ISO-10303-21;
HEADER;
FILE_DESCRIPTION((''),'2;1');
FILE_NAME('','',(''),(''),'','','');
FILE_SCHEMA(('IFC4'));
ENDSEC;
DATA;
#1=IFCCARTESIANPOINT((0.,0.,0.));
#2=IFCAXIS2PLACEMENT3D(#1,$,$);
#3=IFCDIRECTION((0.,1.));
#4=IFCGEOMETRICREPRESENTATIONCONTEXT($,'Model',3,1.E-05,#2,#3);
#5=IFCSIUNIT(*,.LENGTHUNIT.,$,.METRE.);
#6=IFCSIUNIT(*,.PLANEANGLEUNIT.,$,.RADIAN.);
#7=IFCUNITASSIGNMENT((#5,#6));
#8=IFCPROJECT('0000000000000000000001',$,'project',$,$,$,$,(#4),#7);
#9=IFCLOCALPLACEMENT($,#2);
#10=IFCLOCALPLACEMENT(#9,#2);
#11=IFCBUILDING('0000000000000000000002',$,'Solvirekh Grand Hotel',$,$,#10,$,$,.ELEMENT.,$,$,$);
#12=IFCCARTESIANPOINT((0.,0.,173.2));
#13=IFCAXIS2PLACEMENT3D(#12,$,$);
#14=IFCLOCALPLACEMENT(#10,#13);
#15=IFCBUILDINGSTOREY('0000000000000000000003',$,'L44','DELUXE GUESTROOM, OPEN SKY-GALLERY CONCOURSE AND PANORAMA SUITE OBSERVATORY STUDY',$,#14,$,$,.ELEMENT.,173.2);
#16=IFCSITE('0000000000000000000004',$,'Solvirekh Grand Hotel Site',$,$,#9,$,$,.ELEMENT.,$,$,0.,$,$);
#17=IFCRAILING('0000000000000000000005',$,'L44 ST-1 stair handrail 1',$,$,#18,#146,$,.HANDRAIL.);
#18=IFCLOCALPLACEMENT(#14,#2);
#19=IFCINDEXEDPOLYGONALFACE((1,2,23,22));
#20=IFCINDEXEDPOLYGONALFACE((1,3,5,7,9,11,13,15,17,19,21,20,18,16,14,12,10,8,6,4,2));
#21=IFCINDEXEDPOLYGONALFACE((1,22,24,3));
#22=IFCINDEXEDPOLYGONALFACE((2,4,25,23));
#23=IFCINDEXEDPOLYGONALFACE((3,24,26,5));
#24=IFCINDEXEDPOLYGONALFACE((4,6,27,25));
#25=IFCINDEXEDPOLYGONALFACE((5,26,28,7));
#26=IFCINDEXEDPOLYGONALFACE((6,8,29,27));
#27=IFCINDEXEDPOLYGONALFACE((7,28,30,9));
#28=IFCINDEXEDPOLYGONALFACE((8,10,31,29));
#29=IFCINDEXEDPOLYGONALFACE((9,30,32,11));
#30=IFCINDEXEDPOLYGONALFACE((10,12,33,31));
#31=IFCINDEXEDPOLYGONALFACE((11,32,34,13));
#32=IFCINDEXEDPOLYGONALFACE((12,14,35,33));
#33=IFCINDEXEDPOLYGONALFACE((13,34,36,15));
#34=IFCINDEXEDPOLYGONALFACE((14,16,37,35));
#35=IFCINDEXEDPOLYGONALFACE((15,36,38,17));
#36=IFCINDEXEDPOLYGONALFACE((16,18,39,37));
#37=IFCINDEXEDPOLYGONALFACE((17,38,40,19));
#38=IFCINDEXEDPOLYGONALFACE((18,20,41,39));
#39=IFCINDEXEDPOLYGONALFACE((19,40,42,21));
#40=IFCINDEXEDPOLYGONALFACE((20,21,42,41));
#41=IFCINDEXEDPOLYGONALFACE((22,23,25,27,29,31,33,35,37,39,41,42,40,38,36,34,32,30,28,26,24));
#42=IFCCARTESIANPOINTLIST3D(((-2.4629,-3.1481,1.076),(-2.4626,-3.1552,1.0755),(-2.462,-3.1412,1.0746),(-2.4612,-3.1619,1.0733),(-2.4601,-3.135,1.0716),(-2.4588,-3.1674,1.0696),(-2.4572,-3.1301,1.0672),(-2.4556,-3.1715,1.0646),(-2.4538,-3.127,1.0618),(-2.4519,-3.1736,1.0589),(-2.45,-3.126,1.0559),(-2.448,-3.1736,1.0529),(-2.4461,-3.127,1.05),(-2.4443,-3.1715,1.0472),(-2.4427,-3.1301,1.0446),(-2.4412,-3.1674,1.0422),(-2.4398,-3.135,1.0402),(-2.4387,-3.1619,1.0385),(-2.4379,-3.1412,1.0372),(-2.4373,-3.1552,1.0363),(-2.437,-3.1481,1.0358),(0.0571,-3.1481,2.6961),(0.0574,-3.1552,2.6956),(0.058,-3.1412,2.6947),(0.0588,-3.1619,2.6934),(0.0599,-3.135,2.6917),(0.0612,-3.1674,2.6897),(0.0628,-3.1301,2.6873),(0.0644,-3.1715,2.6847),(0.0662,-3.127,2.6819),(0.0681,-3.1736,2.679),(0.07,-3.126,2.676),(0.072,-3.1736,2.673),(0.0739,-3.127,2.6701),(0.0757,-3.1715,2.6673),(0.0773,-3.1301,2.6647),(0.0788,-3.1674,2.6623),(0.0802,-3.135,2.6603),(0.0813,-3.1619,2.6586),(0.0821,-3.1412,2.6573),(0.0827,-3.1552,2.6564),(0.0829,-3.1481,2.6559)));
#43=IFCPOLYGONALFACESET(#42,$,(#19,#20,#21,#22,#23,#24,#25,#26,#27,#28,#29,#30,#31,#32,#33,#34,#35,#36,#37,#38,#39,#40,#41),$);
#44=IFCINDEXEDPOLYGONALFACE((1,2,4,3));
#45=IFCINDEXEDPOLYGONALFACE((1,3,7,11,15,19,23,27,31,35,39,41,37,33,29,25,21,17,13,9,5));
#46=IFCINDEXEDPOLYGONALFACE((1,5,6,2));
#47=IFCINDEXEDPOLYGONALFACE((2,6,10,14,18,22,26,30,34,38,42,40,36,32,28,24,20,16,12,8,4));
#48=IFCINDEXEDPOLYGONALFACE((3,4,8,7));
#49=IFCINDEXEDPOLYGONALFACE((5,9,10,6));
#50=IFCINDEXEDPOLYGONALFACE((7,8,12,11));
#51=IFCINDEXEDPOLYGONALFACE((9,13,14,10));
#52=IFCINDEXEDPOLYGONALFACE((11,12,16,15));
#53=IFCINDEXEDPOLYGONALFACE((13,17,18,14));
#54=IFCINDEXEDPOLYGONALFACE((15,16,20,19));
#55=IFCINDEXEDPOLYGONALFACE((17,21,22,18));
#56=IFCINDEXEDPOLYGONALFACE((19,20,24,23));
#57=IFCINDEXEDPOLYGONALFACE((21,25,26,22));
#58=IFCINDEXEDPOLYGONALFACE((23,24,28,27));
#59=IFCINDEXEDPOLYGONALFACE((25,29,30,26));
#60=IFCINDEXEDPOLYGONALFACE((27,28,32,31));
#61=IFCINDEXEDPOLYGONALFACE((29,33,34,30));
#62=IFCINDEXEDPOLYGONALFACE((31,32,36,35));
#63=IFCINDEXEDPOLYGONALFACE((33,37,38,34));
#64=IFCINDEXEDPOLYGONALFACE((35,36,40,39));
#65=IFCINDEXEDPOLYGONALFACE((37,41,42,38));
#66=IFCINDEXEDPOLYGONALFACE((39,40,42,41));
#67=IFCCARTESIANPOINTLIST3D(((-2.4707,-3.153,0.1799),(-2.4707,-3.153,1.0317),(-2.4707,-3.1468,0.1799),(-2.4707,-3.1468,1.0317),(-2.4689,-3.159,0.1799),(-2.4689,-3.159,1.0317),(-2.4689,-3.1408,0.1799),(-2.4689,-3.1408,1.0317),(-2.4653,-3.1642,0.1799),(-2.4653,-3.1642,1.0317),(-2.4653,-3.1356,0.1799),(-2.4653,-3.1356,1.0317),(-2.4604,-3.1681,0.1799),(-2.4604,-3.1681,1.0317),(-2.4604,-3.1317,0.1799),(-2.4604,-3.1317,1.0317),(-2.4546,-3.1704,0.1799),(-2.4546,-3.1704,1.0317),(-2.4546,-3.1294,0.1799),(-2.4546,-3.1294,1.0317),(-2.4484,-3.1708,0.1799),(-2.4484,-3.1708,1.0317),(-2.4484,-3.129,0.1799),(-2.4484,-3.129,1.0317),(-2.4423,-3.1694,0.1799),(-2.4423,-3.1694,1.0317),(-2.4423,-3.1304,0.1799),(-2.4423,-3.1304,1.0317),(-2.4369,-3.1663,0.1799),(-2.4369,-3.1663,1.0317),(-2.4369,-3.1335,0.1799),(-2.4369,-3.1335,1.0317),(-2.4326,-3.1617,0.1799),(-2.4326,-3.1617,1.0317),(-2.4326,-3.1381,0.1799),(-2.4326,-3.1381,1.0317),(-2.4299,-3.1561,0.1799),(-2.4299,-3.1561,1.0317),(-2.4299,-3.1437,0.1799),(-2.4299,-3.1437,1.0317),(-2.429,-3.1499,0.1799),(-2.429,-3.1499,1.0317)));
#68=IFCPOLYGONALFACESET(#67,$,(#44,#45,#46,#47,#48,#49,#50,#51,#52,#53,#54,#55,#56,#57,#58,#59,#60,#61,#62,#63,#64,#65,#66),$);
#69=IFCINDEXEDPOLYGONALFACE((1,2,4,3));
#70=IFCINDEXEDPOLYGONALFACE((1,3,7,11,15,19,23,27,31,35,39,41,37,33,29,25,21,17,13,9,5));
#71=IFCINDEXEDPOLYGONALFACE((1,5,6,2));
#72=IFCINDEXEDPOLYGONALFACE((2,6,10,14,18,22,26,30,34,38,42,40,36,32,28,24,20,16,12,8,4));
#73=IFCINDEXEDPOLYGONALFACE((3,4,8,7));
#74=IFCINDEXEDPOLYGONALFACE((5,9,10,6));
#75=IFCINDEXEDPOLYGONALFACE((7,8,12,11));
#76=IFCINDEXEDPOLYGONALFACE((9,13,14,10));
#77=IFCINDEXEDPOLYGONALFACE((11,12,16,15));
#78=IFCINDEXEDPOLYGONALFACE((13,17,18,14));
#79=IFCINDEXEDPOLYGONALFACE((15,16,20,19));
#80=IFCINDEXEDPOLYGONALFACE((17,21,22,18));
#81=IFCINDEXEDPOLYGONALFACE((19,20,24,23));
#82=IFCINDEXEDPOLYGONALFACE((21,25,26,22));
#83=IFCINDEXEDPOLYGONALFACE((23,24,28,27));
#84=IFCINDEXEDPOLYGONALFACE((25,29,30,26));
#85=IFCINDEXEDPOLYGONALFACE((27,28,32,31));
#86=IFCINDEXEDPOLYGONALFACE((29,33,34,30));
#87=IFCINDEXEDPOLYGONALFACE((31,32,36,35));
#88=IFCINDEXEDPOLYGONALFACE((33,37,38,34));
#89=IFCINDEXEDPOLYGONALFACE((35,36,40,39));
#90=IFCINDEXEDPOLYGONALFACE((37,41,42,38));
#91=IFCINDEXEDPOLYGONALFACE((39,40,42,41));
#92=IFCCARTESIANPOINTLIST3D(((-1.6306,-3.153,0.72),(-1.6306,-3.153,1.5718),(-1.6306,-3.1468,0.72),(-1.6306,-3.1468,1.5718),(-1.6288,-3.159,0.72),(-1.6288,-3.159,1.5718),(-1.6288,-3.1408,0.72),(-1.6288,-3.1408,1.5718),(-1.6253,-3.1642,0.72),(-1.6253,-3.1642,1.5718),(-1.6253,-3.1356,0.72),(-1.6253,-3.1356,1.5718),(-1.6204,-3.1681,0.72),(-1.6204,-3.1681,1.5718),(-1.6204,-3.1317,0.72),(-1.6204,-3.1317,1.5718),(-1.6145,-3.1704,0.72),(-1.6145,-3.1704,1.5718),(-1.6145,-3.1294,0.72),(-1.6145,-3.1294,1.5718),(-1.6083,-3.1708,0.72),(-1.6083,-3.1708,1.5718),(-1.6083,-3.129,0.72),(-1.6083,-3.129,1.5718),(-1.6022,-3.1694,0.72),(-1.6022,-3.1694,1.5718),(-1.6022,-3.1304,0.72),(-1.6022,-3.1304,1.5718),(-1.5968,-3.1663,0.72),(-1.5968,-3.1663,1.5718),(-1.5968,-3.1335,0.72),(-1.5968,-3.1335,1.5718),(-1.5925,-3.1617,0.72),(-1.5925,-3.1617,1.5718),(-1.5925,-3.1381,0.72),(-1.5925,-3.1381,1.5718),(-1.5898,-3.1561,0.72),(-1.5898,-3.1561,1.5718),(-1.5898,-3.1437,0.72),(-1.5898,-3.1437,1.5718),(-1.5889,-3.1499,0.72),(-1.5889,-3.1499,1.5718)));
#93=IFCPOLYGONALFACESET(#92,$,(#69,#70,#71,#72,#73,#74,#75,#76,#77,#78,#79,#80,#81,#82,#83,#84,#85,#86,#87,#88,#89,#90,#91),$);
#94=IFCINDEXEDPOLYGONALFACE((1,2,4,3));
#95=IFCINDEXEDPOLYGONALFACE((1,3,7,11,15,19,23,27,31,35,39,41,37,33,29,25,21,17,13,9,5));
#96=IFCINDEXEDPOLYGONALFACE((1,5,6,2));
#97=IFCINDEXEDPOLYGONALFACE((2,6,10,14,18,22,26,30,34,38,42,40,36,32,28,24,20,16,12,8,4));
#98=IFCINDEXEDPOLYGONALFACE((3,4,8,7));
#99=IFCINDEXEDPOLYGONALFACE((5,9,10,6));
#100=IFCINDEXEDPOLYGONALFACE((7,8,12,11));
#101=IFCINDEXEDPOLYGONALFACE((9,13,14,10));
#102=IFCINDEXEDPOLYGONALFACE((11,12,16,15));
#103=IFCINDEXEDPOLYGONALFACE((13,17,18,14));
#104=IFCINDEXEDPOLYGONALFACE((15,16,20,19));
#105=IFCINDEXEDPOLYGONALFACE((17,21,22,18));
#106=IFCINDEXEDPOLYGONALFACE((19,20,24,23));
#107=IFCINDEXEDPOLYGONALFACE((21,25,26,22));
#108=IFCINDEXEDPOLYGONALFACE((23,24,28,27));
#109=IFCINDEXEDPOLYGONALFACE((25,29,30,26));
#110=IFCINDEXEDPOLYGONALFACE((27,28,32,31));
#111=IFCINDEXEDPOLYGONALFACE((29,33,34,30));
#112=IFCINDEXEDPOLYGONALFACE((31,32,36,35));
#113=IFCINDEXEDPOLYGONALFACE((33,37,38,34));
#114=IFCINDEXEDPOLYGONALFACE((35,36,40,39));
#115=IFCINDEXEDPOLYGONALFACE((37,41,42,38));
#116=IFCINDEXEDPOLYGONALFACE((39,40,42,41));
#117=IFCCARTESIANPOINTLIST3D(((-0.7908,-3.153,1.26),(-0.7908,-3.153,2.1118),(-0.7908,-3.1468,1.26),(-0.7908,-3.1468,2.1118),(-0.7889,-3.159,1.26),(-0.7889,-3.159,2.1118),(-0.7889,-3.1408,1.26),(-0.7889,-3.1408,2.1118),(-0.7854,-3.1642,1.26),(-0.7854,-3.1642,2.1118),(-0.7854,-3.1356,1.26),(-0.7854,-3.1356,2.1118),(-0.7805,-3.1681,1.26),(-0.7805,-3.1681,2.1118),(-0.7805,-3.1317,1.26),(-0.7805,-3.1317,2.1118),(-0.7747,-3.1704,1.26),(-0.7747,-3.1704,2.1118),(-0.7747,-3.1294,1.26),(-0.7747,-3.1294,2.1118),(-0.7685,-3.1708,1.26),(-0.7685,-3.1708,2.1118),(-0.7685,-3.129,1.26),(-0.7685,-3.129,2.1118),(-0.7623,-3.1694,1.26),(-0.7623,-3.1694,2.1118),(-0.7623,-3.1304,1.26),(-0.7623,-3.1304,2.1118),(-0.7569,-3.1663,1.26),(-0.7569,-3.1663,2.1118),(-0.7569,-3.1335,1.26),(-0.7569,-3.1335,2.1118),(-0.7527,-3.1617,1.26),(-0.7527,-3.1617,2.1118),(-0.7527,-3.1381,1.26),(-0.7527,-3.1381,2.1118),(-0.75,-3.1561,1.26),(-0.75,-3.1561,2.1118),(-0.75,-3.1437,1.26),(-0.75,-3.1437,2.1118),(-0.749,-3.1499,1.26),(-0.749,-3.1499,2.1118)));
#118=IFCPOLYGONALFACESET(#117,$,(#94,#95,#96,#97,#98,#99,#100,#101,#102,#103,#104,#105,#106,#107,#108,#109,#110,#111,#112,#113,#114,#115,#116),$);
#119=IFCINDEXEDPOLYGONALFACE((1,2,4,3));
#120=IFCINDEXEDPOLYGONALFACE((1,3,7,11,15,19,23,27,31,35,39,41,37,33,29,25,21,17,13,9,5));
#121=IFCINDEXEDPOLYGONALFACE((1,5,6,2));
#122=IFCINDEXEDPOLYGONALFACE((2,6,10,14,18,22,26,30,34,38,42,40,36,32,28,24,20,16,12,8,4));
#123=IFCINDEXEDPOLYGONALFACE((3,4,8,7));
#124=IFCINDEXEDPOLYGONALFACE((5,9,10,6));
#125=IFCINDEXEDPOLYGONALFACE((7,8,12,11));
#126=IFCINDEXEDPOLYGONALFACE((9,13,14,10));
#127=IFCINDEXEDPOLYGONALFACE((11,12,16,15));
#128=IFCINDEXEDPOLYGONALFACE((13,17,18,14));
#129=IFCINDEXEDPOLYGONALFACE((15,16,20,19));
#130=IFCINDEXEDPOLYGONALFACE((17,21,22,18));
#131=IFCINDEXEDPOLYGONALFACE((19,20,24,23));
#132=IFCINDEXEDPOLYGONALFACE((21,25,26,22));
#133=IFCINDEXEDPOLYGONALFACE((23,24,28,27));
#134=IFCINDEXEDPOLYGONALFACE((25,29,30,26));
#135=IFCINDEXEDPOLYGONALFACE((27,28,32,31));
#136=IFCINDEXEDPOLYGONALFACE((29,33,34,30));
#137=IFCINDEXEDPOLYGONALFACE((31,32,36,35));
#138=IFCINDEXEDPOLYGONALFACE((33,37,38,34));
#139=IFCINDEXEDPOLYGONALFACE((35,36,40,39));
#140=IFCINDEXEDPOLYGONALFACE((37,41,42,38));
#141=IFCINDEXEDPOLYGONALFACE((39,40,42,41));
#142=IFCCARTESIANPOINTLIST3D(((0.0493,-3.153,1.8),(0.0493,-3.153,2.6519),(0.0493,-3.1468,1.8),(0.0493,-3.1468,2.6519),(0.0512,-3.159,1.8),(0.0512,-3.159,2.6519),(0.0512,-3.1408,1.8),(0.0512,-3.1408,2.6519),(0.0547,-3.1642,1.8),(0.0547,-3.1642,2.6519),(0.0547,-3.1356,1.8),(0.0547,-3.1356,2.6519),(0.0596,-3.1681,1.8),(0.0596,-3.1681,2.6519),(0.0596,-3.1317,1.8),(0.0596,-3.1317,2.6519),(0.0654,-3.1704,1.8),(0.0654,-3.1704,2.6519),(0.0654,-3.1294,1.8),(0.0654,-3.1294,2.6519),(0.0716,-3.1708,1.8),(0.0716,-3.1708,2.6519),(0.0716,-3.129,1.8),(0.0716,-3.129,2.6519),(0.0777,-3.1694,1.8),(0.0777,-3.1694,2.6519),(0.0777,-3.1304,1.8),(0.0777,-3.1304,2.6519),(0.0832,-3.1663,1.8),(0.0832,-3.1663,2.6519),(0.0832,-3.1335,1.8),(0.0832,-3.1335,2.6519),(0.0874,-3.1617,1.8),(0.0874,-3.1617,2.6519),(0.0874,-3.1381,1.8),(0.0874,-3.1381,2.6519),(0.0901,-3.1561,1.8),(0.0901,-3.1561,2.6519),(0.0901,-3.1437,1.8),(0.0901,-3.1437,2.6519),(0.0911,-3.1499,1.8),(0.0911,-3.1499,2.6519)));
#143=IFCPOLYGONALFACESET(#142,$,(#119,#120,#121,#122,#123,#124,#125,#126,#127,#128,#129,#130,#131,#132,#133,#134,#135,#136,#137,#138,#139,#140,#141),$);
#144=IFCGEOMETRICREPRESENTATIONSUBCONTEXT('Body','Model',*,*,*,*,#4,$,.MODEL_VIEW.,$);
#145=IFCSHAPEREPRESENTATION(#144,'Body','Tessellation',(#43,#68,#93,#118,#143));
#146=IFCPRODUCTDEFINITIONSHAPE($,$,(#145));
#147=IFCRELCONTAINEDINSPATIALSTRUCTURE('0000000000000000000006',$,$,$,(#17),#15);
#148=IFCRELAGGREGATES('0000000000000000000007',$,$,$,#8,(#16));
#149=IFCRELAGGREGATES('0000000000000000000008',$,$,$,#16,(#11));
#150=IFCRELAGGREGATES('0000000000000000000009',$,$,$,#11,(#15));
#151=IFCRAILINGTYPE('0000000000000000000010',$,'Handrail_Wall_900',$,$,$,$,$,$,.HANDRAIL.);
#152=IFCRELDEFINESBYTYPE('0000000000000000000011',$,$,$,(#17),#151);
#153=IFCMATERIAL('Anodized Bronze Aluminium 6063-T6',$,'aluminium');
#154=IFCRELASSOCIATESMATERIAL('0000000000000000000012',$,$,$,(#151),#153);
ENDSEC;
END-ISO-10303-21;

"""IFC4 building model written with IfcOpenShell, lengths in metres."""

from ifc_helpers import new_model, si_unit, direction, frame, origin, origin_2d, place, context, subcontext, project, spatial, circle, extrude, material, type_object, element, save


model = new_model("IFC4")

# Units and contexts
model_context = context("Model", 3, precision=1e-05, world=origin(), true_north=direction((0.0, 1.0)))
body_context = subcontext(model_context, "Body", "Model", "MODEL_VIEW")
ifc_project = project(units=[si_unit("LENGTHUNIT", "METRE"), si_unit("PLANEANGLEUNIT", "RADIAN")], contexts=[model_context])

# Site, building, storey
site_placement = place(None, origin())
site = spatial("IfcSite", under=ifc_project, at=site_placement, Name="Solvirekh Grand Hotel Site", CompositionType="ELEMENT", RefElevation=0.0)
building_placement = place(site_placement, origin())
building = spatial("IfcBuilding", under=site, at=building_placement, Name="Solvirekh Grand Hotel", CompositionType="ELEMENT")
storey_placement = place(building_placement, frame((0.0, 0.0, 173.2)))
storey = spatial("IfcBuildingStorey", under=building, at=storey_placement, Name="L44", Description="DELUXE GUESTROOM, OPEN SKY-GALLERY CONCOURSE AND PANORAMA SUITE OBSERVATORY STUDY", CompositionType="ELEMENT", Elevation=173.2)

# Shared definitions
ifc_material_1 = material(Name="Anodized Bronze Aluminium 6063-T6", Category="aluminium")

# Railing
railing_type_1 = type_object("IfcRailingType", Name="Handrail_Wall_900", PredefinedType="HANDRAIL", material=ifc_material_1)
railing_1_placement = place(storey_placement, frame((-2.45, -3.1499, 0.1799)))
element("IfcRailing", 1, at=railing_1_placement, inside=storey, type_object=railing_type_1, Name="L44 ST-1 stair handrail 1", PredefinedType="HANDRAIL", context=body_context, shape_type="SweptSolid", body=[
    extrude(circle(Radius=0.0239, at=origin_2d()), frame((0.0, 0.0, 0.876), z_axis=(0.841163, 0.0, 0.540782), x_axis=(0.0, 1.0, 0.0)), (0.0, 0.0, 1.0), 2.9958),
    extrude(circle(Radius=0.021, at=origin_2d()), origin(), (0.0, 0.0, 1.0), 0.8518),
    extrude(circle(Radius=0.021, at=origin_2d()), frame((0.8401, 0.0, 0.54)), (0.0, 0.0, 1.0), 0.8518),
    extrude(circle(Radius=0.021, at=origin_2d()), frame((1.6799, 0.0, 1.0801)), (0.0, 0.0, 1.0), 0.8518),
    extrude(circle(Radius=0.021, at=origin_2d()), frame((2.52, 0.0, 1.6201)), (0.0, 0.0, 1.0), 0.8518),
])

save(model, "model.ifc")
